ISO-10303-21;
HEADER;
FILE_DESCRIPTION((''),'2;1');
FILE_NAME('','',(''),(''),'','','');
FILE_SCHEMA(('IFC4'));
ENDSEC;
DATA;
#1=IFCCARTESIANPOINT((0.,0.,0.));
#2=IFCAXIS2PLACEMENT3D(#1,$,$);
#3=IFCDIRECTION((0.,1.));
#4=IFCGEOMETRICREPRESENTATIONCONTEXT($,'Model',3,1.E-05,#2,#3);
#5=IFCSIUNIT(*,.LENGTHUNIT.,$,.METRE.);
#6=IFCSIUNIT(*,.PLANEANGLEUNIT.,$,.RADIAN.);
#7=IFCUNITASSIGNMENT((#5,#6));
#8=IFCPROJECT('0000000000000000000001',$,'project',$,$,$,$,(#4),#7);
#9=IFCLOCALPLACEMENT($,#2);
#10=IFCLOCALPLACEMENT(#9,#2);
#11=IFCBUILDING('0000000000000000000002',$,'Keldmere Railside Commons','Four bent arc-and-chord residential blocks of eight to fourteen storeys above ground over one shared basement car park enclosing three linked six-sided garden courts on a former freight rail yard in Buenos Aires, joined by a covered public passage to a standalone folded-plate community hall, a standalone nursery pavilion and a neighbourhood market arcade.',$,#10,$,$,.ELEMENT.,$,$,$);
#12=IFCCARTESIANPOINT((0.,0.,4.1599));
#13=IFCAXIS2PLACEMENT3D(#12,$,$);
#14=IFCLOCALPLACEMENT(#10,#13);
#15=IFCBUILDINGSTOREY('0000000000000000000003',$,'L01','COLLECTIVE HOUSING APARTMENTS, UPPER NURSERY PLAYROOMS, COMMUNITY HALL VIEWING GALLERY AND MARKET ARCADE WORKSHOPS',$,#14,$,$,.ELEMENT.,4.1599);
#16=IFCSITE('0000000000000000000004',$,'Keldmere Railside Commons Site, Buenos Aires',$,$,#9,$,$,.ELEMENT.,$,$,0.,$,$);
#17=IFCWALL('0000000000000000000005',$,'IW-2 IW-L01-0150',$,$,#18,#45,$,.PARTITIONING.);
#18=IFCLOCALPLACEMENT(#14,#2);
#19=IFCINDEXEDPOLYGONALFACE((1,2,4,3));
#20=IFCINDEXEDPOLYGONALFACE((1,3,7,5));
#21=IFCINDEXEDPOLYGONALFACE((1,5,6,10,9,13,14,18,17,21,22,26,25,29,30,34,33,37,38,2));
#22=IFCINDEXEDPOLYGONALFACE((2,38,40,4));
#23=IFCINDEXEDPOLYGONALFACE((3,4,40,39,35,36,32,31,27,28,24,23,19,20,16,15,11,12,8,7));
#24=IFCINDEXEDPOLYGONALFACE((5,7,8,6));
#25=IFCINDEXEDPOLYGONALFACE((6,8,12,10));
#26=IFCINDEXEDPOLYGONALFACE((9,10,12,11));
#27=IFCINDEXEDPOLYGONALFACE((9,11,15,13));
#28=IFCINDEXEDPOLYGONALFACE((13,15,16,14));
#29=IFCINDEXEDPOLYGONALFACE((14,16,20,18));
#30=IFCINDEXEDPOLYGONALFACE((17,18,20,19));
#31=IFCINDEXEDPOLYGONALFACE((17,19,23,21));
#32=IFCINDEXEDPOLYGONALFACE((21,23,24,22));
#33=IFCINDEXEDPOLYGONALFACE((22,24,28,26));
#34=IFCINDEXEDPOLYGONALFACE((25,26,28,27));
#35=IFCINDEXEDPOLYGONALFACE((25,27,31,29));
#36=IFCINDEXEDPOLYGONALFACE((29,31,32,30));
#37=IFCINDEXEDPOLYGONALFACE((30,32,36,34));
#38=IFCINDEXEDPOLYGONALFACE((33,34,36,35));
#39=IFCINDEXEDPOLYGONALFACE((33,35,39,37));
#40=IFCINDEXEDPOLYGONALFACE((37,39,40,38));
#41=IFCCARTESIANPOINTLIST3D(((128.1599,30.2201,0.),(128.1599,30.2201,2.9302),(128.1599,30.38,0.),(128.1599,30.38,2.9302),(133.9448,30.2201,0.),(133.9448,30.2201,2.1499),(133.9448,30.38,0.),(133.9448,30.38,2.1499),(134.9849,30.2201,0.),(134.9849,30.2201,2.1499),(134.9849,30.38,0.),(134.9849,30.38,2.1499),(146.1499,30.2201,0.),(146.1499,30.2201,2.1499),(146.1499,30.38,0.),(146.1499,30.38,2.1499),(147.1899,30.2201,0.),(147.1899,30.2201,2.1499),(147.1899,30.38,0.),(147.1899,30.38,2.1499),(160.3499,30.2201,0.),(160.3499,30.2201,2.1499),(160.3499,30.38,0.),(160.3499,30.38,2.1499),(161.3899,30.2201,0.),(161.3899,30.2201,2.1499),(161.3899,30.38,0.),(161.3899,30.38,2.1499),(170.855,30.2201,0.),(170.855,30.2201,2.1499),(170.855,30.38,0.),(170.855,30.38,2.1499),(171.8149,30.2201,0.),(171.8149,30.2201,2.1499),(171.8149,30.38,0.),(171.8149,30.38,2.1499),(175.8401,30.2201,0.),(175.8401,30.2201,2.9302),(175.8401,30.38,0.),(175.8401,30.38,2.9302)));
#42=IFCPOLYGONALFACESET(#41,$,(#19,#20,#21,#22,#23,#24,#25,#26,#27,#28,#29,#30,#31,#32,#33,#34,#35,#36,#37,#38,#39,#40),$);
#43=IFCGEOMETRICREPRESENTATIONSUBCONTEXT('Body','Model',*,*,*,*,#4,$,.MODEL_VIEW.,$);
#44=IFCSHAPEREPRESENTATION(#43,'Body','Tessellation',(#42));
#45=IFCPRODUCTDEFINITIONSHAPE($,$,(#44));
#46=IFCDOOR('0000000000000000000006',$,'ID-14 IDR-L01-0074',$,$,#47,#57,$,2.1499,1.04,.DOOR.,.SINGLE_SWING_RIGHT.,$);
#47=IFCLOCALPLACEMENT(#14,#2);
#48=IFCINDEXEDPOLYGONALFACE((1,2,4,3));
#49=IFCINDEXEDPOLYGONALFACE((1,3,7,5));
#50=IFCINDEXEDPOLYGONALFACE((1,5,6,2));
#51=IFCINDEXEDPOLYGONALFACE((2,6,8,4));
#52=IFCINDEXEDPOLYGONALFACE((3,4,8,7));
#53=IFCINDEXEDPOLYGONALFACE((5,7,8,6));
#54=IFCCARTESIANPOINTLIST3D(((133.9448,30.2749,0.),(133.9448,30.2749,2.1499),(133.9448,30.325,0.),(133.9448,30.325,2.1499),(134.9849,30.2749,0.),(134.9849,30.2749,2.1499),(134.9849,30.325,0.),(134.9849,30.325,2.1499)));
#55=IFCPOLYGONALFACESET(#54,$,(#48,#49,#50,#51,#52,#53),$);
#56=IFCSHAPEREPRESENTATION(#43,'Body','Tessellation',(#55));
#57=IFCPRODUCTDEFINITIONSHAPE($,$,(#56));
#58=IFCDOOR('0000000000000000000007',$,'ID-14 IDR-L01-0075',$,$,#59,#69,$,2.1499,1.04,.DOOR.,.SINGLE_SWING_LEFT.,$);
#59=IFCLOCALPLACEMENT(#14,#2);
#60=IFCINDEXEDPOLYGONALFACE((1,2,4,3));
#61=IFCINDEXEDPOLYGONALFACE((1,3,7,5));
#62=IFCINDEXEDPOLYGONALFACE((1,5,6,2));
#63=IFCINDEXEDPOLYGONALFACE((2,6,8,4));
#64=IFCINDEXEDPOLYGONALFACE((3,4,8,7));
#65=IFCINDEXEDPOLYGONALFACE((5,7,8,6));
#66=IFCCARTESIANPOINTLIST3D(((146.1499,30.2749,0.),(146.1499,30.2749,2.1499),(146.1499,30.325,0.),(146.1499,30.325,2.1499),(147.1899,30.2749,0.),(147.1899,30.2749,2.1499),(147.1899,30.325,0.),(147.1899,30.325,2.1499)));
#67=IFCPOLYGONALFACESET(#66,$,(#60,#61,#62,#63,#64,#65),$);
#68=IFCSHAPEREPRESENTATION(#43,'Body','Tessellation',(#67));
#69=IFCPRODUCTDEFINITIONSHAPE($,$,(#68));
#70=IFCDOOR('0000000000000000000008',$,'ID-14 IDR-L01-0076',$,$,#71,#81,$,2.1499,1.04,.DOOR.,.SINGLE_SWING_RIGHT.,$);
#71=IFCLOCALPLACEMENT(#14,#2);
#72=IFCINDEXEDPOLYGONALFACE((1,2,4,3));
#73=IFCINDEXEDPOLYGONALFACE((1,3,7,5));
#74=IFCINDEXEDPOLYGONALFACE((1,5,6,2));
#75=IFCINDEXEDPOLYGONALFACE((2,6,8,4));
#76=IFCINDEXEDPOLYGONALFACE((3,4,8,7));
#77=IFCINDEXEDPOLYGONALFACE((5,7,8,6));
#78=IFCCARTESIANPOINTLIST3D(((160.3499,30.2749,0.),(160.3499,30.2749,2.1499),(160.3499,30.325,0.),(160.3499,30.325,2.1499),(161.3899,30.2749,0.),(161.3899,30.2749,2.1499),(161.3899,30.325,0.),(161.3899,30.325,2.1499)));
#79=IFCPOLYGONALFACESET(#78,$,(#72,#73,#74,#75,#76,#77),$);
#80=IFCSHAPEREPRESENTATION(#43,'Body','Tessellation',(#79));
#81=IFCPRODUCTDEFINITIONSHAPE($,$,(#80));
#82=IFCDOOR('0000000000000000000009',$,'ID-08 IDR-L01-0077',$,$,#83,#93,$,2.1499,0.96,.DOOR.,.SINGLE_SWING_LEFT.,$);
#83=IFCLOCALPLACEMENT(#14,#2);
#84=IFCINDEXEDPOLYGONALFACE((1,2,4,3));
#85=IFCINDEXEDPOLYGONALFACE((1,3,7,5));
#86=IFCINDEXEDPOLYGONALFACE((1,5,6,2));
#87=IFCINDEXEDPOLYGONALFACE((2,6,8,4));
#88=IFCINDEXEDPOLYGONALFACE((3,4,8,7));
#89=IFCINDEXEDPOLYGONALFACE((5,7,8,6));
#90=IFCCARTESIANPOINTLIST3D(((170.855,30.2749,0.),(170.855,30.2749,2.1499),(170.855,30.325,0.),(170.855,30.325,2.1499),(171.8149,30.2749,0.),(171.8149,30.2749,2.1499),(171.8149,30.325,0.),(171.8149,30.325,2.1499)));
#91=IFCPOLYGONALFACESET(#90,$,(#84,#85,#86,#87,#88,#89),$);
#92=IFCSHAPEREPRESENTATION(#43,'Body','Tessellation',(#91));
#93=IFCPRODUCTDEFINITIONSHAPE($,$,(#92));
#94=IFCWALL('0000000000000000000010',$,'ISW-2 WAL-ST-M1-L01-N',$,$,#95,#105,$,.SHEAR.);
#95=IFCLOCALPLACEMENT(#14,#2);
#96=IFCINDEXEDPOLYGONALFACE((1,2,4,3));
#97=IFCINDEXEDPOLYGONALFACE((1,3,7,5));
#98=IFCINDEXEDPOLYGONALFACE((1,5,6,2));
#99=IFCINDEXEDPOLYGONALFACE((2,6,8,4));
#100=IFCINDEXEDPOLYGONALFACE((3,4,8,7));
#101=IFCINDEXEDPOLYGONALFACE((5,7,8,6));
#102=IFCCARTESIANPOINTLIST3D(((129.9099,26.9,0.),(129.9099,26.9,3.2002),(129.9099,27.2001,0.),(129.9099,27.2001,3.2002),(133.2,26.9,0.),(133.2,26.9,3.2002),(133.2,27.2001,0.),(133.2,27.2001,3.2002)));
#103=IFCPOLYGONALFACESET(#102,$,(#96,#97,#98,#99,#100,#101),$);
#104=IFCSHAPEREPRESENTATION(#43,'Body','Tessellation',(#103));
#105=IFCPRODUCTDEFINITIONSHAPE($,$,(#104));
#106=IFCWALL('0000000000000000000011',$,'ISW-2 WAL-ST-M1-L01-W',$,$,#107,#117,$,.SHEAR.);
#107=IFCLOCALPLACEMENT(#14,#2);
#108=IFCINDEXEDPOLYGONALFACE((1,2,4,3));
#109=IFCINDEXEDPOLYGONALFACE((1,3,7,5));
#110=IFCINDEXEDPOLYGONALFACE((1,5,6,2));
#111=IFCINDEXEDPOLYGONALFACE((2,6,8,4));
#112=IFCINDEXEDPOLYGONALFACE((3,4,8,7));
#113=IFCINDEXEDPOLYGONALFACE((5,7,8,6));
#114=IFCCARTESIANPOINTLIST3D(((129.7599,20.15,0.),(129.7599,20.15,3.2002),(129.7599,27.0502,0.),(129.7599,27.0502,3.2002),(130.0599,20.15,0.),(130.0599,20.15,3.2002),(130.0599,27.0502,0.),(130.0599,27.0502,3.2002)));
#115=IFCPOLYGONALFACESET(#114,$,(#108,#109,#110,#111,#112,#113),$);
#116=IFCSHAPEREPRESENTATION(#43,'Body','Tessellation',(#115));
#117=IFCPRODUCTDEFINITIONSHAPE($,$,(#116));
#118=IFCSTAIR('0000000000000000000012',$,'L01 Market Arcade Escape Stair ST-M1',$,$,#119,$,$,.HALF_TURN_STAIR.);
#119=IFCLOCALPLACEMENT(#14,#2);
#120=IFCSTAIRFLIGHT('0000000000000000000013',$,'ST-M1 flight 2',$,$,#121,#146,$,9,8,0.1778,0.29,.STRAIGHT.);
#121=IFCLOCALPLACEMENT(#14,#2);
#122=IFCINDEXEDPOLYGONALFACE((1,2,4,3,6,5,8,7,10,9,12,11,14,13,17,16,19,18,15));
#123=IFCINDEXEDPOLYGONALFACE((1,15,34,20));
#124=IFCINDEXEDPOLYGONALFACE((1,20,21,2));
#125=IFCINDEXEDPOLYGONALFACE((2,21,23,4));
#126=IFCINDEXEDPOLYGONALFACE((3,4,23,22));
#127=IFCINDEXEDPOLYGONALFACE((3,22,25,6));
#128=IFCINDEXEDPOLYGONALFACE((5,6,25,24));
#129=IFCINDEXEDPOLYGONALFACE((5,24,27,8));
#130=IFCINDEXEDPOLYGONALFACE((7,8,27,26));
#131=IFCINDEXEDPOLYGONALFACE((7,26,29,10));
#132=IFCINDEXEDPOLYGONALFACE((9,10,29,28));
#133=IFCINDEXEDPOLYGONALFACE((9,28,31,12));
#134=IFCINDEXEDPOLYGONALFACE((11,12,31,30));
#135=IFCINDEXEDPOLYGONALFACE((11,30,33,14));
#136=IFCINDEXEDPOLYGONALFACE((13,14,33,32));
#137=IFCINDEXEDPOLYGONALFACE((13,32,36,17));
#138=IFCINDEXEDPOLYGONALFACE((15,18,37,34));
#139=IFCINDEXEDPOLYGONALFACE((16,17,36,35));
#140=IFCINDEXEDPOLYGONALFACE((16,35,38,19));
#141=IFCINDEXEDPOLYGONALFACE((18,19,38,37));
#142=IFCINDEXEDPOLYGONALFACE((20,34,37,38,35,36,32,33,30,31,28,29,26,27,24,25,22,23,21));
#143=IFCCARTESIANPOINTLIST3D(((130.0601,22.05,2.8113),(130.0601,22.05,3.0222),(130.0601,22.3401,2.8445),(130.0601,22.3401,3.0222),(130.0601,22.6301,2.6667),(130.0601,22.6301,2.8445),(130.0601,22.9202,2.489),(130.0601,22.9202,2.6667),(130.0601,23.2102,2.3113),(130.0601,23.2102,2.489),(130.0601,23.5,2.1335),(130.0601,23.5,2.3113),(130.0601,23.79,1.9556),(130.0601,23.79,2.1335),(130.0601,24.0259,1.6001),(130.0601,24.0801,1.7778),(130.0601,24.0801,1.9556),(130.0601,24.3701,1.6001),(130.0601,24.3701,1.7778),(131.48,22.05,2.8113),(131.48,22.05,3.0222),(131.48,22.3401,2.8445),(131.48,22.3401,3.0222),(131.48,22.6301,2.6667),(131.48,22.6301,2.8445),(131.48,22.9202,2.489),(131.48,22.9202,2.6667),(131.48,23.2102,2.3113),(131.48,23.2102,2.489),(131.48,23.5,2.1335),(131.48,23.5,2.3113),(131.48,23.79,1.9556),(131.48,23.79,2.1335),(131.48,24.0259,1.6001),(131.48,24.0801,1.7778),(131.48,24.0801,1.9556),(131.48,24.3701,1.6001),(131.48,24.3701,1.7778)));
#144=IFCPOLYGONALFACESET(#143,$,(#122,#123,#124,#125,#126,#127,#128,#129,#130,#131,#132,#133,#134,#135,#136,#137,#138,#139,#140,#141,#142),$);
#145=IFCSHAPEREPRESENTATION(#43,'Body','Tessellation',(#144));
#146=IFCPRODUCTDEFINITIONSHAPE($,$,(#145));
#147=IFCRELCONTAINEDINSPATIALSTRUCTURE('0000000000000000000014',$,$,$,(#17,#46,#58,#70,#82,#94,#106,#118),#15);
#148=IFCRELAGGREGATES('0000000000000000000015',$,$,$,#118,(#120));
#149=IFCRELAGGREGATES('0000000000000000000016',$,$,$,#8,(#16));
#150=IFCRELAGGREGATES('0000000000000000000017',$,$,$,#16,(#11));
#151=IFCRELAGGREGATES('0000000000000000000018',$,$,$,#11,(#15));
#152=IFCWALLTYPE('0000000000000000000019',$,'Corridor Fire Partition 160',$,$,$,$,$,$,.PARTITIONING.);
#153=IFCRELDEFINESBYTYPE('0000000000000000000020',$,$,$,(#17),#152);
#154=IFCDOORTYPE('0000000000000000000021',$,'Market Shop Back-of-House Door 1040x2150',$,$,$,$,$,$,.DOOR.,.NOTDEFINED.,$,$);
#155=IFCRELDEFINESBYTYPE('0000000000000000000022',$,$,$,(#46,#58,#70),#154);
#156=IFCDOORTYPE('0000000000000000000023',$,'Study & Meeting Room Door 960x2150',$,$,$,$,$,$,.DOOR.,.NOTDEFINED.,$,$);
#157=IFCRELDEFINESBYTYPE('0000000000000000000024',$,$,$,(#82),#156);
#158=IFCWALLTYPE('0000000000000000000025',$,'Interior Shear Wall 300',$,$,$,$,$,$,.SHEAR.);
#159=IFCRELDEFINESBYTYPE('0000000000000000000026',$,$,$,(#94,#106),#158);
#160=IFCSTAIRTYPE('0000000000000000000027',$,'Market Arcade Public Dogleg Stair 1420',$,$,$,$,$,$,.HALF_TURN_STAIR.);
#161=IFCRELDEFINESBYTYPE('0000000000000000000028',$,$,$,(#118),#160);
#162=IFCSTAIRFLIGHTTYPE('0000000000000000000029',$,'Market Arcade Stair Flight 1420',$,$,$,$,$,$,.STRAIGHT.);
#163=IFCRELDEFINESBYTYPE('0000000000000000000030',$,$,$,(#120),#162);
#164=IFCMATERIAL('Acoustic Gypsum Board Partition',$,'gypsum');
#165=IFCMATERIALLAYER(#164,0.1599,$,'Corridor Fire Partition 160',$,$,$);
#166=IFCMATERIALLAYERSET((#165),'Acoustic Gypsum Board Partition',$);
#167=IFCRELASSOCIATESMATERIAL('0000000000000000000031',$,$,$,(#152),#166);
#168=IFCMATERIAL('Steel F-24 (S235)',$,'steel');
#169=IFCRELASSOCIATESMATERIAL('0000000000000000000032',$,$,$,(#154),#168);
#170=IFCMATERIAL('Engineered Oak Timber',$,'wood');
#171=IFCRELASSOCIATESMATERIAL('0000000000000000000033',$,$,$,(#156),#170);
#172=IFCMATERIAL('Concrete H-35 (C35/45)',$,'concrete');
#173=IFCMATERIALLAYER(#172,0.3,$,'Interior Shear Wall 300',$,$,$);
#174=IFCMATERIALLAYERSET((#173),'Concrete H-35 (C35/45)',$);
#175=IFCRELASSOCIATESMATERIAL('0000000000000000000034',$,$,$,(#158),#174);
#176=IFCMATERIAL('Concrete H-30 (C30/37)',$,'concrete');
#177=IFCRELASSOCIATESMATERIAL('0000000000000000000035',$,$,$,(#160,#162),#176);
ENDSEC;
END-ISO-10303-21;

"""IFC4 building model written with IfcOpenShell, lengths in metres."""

from ifc_helpers import new_model, si_unit, direction, frame, frame_2d, origin, place, context, subcontext, project, spatial, polyline, rectangle, outline, extrude, material, layer, layer_set, type_object, element, fill, aggregate, save


model = new_model("IFC4")

# Units and contexts
model_context = context("Model", 3, precision=1e-05, world=origin(), true_north=direction((0.0, 1.0)))
body_context = subcontext(model_context, "Body", "Model", "MODEL_VIEW")
ifc_project = project(units=[si_unit("LENGTHUNIT", "METRE"), si_unit("PLANEANGLEUNIT", "RADIAN")], contexts=[model_context])

# Site, building, storey
site_placement = place(None, origin())
site = spatial("IfcSite", under=ifc_project, at=site_placement, Name="Keldmere Railside Commons Site, Buenos Aires", CompositionType="ELEMENT", RefElevation=0.0)
building_placement = place(site_placement, origin())
building = spatial("IfcBuilding", under=site, at=building_placement, Name="Keldmere Railside Commons", Description="Four bent arc-and-chord residential blocks of eight to fourteen storeys above ground over one shared basement car park enclosing three linked six-sided garden courts on a former freight rail yard in Buenos Aires, joined by a covered public passage to a standalone folded-plate community hall, a standalone nursery pavilion and a neighbourhood market arcade.", CompositionType="ELEMENT")
storey_placement = place(building_placement, frame((0.0, 0.0, 4.1599)))
storey = spatial("IfcBuildingStorey", under=building, at=storey_placement, Name="L01", Description="COLLECTIVE HOUSING APARTMENTS, UPPER NURSERY PLAYROOMS, COMMUNITY HALL VIEWING GALLERY AND MARKET ARCADE WORKSHOPS", CompositionType="ELEMENT", Elevation=4.1599)

# Shared definitions
ifc_material_1 = material(Name="Concrete H-35 (C35/45)", Category="concrete")

# Shared definitions
ifc_material_2 = material(Name="Concrete H-30 (C30/37)", Category="concrete")

# Wall, openings, doors
ifc_material_3 = material(Name="Acoustic Gypsum Board Partition", Category="gypsum")
ifc_layer_1 = layer(ifc_material_3, 0.1599, Name="Corridor Fire Partition 160")
ifc_layer_set_1 = layer_set([ifc_layer_1], Name="Acoustic Gypsum Board Partition")
wall_type_1 = type_object("IfcWallType", Name="Corridor Fire Partition 160", PredefinedType="PARTITIONING", material=ifc_layer_set_1)
wall_1_placement = place(storey_placement, frame((128.1599, 30.3, 0.0), z_axis=(0.0, 0.0, 1.0), x_axis=(1.0, 0.0, 0.0)))
wall_1 = element("IfcWall", 1, at=wall_1_placement, inside=storey, type_object=wall_type_1, Name="IW-2 IW-L01-0150", PredefinedType="PARTITIONING", context=body_context, shape_type="SweptSolid", body=[
    extrude(rectangle(XDim=47.6802, YDim=0.1599, at=frame_2d((23.8401, 0.0))), origin(), (0.0, 0.0, 1.0), 2.9302),
])
opening_1_placement = place(wall_1_placement, frame((5.7849, 0.0, 0.0)))
opening_1 = element("IfcOpeningElement", 2, at=opening_1_placement, cuts=wall_1, PredefinedType="OPENING", context=body_context, shape_type="SweptSolid", body=[
    extrude(rectangle(XDim=1.04, YDim=2.1499, at=frame_2d((0.52, 1.075))), frame((0.0, 0.0898, 0.0), z_axis=(0.0, -1.0, 0.0), x_axis=(1.0, 0.0, 0.0)), (0.0, 0.0, 1.0), 0.1799),
])
opening_2_placement = place(wall_1_placement, frame((17.99, 0.0, 0.0)))
opening_2 = element("IfcOpeningElement", 3, at=opening_2_placement, cuts=wall_1, PredefinedType="OPENING", context=body_context, shape_type="SweptSolid", body=[
    extrude(rectangle(XDim=1.04, YDim=2.1499, at=frame_2d((0.52, 1.075))), frame((0.0, 0.0898, 0.0), z_axis=(0.0, -1.0, 0.0), x_axis=(1.0, 0.0, 0.0)), (0.0, 0.0, 1.0), 0.1799),
])
opening_3_placement = place(wall_1_placement, frame((32.1899, 0.0, 0.0)))
opening_3 = element("IfcOpeningElement", 4, at=opening_3_placement, cuts=wall_1, PredefinedType="OPENING", context=body_context, shape_type="SweptSolid", body=[
    extrude(rectangle(XDim=1.04, YDim=2.1499, at=frame_2d((0.52, 1.075))), frame((0.0, 0.0898, 0.0), z_axis=(0.0, -1.0, 0.0), x_axis=(1.0, 0.0, 0.0)), (0.0, 0.0, 1.0), 0.1799),
])
opening_4_placement = place(wall_1_placement, frame((42.6951, 0.0, 0.0)))
opening_4 = element("IfcOpeningElement", 5, at=opening_4_placement, cuts=wall_1, PredefinedType="OPENING", context=body_context, shape_type="SweptSolid", body=[
    extrude(rectangle(XDim=0.96, YDim=2.1499, at=frame_2d((0.48, 1.075))), frame((0.0, 0.0898, 0.0), z_axis=(0.0, -1.0, 0.0), x_axis=(1.0, 0.0, 0.0)), (0.0, 0.0, 1.0), 0.1799),
])
ifc_material_4 = material(Name="Steel F-24 (S235)", Category="steel")
door_type_1 = type_object("IfcDoorType", Name="Market Shop Back-of-House Door 1040x2150", OperationType="NOTDEFINED", PredefinedType="DOOR", material=ifc_material_4)
door_1_placement = place(opening_1_placement, origin())
door_1 = element("IfcDoor", 6, at=door_1_placement, inside=storey, type_object=door_type_1, Name="ID-14 IDR-L01-0074", OperationType="SINGLE_SWING_RIGHT", OverallHeight=2.1499, OverallWidth=1.04, PredefinedType="DOOR", context=body_context, shape_type="SweptSolid", body=[
    extrude(rectangle(XDim=1.04, YDim=2.1499, at=frame_2d((0.52, 1.075))), frame((0.0, 0.0249, 0.0), z_axis=(0.0, -1.0, 0.0), x_axis=(1.0, 0.0, 0.0)), (0.0, 0.0, 1.0), 0.05),
])
fill(opening_1, door_1)
door_2_placement = place(opening_2_placement, origin())
door_2 = element("IfcDoor", 7, at=door_2_placement, inside=storey, type_object=door_type_1, Name="ID-14 IDR-L01-0075", OperationType="SINGLE_SWING_LEFT", OverallHeight=2.1499, OverallWidth=1.04, PredefinedType="DOOR", context=body_context, shape_type="SweptSolid", body=[
    extrude(rectangle(XDim=1.04, YDim=2.1499, at=frame_2d((0.52, 1.075))), frame((0.0, 0.0249, 0.0), z_axis=(0.0, -1.0, 0.0), x_axis=(1.0, 0.0, 0.0)), (0.0, 0.0, 1.0), 0.05),
])
fill(opening_2, door_2)
door_3_placement = place(opening_3_placement, origin())
door_3 = element("IfcDoor", 8, at=door_3_placement, inside=storey, type_object=door_type_1, Name="ID-14 IDR-L01-0076", OperationType="SINGLE_SWING_RIGHT", OverallHeight=2.1499, OverallWidth=1.04, PredefinedType="DOOR", context=body_context, shape_type="SweptSolid", body=[
    extrude(rectangle(XDim=1.04, YDim=2.1499, at=frame_2d((0.52, 1.075))), frame((0.0, 0.0249, 0.0), z_axis=(0.0, -1.0, 0.0), x_axis=(1.0, 0.0, 0.0)), (0.0, 0.0, 1.0), 0.05),
])
fill(opening_3, door_3)
ifc_material_5 = material(Name="Engineered Oak Timber", Category="wood")
door_type_2 = type_object("IfcDoorType", Name="Study & Meeting Room Door 960x2150", OperationType="NOTDEFINED", PredefinedType="DOOR", material=ifc_material_5)
door_4_placement = place(opening_4_placement, origin())
door_4 = element("IfcDoor", 9, at=door_4_placement, inside=storey, type_object=door_type_2, Name="ID-08 IDR-L01-0077", OperationType="SINGLE_SWING_LEFT", OverallHeight=2.1499, OverallWidth=0.96, PredefinedType="DOOR", context=body_context, shape_type="SweptSolid", body=[
    extrude(rectangle(XDim=0.96, YDim=2.1499, at=frame_2d((0.48, 1.075))), frame((0.0, 0.0249, 0.0), z_axis=(0.0, -1.0, 0.0), x_axis=(1.0, 0.0, 0.0)), (0.0, 0.0, 1.0), 0.05),
])
fill(opening_4, door_4)

# Walls
ifc_layer_2 = layer(ifc_material_1, 0.3, Name="Interior Shear Wall 300")
ifc_layer_set_2 = layer_set([ifc_layer_2], Name="Concrete H-35 (C35/45)")
wall_type_2 = type_object("IfcWallType", Name="Interior Shear Wall 300", PredefinedType="SHEAR", material=ifc_layer_set_2)
wall_2_placement = place(storey_placement, frame((129.9099, 27.05, 0.0), z_axis=(0.0, 0.0, 1.0), x_axis=(1.0, 0.0, 0.0)))
element("IfcWall", 10, at=wall_2_placement, inside=storey, type_object=wall_type_2, Name="ISW-2 WAL-ST-M1-L01-N", PredefinedType="SHEAR", context=body_context, shape_type="SweptSolid", body=[
    extrude(rectangle(XDim=3.29, YDim=0.3, at=frame_2d((1.645, 0.0))), origin(), (0.0, 0.0, 1.0), 3.2002),
])
wall_3_placement = place(storey_placement, frame((129.9099, 20.1499, 0.0), z_axis=(0.0, 0.0, 1.0), x_axis=(0.0, 1.0, 0.0)))
element("IfcWall", 11, at=wall_3_placement, inside=storey, type_object=wall_type_2, Name="ISW-2 WAL-ST-M1-L01-W", PredefinedType="SHEAR", context=body_context, shape_type="SweptSolid", body=[
    extrude(rectangle(XDim=6.9001, YDim=0.3, at=frame_2d((3.4502, 0.0))), origin(), (0.0, 0.0, 1.0), 3.2002),
])

# Stair, stair flight
stair_type = type_object("IfcStairType", Name="Market Arcade Public Dogleg Stair 1420", PredefinedType="HALF_TURN_STAIR", material=ifc_material_2)
stair_placement = place(storey_placement, origin())
stair = element("IfcStair", 12, at=stair_placement, inside=storey, type_object=stair_type, Name="L01 Market Arcade Escape Stair ST-M1", PredefinedType="HALF_TURN_STAIR")
stair_flight_type = type_object("IfcStairFlightType", Name="Market Arcade Stair Flight 1420", PredefinedType="STRAIGHT", material=ifc_material_2)
stair_flight_placement = place(storey_placement, frame((130.77, 24.3701, 1.6001), z_axis=(0.0, 0.0, 1.0), x_axis=(0.0, -1.0, 0.0)))
stair_flight = element("IfcStairFlight", 13, at=stair_flight_placement, type_object=stair_flight_type, Name="ST-M1 flight 2", NumberOfRisers=9, NumberOfTreads=8, PredefinedType="STRAIGHT", RiserHeight=0.1778, TreadLength=0.29, context=body_context, shape_type="SweptSolid", body=[
    extrude(outline(polyline([(0.0, 0.0), (0.0, 0.1777), (0.29, 0.1777), (0.29, 0.3555), (0.5801, 0.3555), (0.5801, 0.5334), (0.8701, 0.5334), (0.8701, 0.7112), (1.1599, 0.7112), (1.1599, 0.8889), (1.45, 0.8889), (1.45, 1.0667), (1.74, 1.0667), (1.74, 1.2444), (2.03, 1.2444), (2.03, 1.4221), (2.3201, 1.4221), (2.3201, 1.6001), (2.3201, 1.2112), (0.3442, 0.0), (0.0, 0.0)])), frame((0.0, 0.71, 0.0), z_axis=(0.0, -1.0, 0.0), x_axis=(1.0, 0.0, 0.0)), (0.0, 0.0, 1.0), 1.4199),
])
aggregate(stair, [stair_flight])

save(model, "model.ifc")
